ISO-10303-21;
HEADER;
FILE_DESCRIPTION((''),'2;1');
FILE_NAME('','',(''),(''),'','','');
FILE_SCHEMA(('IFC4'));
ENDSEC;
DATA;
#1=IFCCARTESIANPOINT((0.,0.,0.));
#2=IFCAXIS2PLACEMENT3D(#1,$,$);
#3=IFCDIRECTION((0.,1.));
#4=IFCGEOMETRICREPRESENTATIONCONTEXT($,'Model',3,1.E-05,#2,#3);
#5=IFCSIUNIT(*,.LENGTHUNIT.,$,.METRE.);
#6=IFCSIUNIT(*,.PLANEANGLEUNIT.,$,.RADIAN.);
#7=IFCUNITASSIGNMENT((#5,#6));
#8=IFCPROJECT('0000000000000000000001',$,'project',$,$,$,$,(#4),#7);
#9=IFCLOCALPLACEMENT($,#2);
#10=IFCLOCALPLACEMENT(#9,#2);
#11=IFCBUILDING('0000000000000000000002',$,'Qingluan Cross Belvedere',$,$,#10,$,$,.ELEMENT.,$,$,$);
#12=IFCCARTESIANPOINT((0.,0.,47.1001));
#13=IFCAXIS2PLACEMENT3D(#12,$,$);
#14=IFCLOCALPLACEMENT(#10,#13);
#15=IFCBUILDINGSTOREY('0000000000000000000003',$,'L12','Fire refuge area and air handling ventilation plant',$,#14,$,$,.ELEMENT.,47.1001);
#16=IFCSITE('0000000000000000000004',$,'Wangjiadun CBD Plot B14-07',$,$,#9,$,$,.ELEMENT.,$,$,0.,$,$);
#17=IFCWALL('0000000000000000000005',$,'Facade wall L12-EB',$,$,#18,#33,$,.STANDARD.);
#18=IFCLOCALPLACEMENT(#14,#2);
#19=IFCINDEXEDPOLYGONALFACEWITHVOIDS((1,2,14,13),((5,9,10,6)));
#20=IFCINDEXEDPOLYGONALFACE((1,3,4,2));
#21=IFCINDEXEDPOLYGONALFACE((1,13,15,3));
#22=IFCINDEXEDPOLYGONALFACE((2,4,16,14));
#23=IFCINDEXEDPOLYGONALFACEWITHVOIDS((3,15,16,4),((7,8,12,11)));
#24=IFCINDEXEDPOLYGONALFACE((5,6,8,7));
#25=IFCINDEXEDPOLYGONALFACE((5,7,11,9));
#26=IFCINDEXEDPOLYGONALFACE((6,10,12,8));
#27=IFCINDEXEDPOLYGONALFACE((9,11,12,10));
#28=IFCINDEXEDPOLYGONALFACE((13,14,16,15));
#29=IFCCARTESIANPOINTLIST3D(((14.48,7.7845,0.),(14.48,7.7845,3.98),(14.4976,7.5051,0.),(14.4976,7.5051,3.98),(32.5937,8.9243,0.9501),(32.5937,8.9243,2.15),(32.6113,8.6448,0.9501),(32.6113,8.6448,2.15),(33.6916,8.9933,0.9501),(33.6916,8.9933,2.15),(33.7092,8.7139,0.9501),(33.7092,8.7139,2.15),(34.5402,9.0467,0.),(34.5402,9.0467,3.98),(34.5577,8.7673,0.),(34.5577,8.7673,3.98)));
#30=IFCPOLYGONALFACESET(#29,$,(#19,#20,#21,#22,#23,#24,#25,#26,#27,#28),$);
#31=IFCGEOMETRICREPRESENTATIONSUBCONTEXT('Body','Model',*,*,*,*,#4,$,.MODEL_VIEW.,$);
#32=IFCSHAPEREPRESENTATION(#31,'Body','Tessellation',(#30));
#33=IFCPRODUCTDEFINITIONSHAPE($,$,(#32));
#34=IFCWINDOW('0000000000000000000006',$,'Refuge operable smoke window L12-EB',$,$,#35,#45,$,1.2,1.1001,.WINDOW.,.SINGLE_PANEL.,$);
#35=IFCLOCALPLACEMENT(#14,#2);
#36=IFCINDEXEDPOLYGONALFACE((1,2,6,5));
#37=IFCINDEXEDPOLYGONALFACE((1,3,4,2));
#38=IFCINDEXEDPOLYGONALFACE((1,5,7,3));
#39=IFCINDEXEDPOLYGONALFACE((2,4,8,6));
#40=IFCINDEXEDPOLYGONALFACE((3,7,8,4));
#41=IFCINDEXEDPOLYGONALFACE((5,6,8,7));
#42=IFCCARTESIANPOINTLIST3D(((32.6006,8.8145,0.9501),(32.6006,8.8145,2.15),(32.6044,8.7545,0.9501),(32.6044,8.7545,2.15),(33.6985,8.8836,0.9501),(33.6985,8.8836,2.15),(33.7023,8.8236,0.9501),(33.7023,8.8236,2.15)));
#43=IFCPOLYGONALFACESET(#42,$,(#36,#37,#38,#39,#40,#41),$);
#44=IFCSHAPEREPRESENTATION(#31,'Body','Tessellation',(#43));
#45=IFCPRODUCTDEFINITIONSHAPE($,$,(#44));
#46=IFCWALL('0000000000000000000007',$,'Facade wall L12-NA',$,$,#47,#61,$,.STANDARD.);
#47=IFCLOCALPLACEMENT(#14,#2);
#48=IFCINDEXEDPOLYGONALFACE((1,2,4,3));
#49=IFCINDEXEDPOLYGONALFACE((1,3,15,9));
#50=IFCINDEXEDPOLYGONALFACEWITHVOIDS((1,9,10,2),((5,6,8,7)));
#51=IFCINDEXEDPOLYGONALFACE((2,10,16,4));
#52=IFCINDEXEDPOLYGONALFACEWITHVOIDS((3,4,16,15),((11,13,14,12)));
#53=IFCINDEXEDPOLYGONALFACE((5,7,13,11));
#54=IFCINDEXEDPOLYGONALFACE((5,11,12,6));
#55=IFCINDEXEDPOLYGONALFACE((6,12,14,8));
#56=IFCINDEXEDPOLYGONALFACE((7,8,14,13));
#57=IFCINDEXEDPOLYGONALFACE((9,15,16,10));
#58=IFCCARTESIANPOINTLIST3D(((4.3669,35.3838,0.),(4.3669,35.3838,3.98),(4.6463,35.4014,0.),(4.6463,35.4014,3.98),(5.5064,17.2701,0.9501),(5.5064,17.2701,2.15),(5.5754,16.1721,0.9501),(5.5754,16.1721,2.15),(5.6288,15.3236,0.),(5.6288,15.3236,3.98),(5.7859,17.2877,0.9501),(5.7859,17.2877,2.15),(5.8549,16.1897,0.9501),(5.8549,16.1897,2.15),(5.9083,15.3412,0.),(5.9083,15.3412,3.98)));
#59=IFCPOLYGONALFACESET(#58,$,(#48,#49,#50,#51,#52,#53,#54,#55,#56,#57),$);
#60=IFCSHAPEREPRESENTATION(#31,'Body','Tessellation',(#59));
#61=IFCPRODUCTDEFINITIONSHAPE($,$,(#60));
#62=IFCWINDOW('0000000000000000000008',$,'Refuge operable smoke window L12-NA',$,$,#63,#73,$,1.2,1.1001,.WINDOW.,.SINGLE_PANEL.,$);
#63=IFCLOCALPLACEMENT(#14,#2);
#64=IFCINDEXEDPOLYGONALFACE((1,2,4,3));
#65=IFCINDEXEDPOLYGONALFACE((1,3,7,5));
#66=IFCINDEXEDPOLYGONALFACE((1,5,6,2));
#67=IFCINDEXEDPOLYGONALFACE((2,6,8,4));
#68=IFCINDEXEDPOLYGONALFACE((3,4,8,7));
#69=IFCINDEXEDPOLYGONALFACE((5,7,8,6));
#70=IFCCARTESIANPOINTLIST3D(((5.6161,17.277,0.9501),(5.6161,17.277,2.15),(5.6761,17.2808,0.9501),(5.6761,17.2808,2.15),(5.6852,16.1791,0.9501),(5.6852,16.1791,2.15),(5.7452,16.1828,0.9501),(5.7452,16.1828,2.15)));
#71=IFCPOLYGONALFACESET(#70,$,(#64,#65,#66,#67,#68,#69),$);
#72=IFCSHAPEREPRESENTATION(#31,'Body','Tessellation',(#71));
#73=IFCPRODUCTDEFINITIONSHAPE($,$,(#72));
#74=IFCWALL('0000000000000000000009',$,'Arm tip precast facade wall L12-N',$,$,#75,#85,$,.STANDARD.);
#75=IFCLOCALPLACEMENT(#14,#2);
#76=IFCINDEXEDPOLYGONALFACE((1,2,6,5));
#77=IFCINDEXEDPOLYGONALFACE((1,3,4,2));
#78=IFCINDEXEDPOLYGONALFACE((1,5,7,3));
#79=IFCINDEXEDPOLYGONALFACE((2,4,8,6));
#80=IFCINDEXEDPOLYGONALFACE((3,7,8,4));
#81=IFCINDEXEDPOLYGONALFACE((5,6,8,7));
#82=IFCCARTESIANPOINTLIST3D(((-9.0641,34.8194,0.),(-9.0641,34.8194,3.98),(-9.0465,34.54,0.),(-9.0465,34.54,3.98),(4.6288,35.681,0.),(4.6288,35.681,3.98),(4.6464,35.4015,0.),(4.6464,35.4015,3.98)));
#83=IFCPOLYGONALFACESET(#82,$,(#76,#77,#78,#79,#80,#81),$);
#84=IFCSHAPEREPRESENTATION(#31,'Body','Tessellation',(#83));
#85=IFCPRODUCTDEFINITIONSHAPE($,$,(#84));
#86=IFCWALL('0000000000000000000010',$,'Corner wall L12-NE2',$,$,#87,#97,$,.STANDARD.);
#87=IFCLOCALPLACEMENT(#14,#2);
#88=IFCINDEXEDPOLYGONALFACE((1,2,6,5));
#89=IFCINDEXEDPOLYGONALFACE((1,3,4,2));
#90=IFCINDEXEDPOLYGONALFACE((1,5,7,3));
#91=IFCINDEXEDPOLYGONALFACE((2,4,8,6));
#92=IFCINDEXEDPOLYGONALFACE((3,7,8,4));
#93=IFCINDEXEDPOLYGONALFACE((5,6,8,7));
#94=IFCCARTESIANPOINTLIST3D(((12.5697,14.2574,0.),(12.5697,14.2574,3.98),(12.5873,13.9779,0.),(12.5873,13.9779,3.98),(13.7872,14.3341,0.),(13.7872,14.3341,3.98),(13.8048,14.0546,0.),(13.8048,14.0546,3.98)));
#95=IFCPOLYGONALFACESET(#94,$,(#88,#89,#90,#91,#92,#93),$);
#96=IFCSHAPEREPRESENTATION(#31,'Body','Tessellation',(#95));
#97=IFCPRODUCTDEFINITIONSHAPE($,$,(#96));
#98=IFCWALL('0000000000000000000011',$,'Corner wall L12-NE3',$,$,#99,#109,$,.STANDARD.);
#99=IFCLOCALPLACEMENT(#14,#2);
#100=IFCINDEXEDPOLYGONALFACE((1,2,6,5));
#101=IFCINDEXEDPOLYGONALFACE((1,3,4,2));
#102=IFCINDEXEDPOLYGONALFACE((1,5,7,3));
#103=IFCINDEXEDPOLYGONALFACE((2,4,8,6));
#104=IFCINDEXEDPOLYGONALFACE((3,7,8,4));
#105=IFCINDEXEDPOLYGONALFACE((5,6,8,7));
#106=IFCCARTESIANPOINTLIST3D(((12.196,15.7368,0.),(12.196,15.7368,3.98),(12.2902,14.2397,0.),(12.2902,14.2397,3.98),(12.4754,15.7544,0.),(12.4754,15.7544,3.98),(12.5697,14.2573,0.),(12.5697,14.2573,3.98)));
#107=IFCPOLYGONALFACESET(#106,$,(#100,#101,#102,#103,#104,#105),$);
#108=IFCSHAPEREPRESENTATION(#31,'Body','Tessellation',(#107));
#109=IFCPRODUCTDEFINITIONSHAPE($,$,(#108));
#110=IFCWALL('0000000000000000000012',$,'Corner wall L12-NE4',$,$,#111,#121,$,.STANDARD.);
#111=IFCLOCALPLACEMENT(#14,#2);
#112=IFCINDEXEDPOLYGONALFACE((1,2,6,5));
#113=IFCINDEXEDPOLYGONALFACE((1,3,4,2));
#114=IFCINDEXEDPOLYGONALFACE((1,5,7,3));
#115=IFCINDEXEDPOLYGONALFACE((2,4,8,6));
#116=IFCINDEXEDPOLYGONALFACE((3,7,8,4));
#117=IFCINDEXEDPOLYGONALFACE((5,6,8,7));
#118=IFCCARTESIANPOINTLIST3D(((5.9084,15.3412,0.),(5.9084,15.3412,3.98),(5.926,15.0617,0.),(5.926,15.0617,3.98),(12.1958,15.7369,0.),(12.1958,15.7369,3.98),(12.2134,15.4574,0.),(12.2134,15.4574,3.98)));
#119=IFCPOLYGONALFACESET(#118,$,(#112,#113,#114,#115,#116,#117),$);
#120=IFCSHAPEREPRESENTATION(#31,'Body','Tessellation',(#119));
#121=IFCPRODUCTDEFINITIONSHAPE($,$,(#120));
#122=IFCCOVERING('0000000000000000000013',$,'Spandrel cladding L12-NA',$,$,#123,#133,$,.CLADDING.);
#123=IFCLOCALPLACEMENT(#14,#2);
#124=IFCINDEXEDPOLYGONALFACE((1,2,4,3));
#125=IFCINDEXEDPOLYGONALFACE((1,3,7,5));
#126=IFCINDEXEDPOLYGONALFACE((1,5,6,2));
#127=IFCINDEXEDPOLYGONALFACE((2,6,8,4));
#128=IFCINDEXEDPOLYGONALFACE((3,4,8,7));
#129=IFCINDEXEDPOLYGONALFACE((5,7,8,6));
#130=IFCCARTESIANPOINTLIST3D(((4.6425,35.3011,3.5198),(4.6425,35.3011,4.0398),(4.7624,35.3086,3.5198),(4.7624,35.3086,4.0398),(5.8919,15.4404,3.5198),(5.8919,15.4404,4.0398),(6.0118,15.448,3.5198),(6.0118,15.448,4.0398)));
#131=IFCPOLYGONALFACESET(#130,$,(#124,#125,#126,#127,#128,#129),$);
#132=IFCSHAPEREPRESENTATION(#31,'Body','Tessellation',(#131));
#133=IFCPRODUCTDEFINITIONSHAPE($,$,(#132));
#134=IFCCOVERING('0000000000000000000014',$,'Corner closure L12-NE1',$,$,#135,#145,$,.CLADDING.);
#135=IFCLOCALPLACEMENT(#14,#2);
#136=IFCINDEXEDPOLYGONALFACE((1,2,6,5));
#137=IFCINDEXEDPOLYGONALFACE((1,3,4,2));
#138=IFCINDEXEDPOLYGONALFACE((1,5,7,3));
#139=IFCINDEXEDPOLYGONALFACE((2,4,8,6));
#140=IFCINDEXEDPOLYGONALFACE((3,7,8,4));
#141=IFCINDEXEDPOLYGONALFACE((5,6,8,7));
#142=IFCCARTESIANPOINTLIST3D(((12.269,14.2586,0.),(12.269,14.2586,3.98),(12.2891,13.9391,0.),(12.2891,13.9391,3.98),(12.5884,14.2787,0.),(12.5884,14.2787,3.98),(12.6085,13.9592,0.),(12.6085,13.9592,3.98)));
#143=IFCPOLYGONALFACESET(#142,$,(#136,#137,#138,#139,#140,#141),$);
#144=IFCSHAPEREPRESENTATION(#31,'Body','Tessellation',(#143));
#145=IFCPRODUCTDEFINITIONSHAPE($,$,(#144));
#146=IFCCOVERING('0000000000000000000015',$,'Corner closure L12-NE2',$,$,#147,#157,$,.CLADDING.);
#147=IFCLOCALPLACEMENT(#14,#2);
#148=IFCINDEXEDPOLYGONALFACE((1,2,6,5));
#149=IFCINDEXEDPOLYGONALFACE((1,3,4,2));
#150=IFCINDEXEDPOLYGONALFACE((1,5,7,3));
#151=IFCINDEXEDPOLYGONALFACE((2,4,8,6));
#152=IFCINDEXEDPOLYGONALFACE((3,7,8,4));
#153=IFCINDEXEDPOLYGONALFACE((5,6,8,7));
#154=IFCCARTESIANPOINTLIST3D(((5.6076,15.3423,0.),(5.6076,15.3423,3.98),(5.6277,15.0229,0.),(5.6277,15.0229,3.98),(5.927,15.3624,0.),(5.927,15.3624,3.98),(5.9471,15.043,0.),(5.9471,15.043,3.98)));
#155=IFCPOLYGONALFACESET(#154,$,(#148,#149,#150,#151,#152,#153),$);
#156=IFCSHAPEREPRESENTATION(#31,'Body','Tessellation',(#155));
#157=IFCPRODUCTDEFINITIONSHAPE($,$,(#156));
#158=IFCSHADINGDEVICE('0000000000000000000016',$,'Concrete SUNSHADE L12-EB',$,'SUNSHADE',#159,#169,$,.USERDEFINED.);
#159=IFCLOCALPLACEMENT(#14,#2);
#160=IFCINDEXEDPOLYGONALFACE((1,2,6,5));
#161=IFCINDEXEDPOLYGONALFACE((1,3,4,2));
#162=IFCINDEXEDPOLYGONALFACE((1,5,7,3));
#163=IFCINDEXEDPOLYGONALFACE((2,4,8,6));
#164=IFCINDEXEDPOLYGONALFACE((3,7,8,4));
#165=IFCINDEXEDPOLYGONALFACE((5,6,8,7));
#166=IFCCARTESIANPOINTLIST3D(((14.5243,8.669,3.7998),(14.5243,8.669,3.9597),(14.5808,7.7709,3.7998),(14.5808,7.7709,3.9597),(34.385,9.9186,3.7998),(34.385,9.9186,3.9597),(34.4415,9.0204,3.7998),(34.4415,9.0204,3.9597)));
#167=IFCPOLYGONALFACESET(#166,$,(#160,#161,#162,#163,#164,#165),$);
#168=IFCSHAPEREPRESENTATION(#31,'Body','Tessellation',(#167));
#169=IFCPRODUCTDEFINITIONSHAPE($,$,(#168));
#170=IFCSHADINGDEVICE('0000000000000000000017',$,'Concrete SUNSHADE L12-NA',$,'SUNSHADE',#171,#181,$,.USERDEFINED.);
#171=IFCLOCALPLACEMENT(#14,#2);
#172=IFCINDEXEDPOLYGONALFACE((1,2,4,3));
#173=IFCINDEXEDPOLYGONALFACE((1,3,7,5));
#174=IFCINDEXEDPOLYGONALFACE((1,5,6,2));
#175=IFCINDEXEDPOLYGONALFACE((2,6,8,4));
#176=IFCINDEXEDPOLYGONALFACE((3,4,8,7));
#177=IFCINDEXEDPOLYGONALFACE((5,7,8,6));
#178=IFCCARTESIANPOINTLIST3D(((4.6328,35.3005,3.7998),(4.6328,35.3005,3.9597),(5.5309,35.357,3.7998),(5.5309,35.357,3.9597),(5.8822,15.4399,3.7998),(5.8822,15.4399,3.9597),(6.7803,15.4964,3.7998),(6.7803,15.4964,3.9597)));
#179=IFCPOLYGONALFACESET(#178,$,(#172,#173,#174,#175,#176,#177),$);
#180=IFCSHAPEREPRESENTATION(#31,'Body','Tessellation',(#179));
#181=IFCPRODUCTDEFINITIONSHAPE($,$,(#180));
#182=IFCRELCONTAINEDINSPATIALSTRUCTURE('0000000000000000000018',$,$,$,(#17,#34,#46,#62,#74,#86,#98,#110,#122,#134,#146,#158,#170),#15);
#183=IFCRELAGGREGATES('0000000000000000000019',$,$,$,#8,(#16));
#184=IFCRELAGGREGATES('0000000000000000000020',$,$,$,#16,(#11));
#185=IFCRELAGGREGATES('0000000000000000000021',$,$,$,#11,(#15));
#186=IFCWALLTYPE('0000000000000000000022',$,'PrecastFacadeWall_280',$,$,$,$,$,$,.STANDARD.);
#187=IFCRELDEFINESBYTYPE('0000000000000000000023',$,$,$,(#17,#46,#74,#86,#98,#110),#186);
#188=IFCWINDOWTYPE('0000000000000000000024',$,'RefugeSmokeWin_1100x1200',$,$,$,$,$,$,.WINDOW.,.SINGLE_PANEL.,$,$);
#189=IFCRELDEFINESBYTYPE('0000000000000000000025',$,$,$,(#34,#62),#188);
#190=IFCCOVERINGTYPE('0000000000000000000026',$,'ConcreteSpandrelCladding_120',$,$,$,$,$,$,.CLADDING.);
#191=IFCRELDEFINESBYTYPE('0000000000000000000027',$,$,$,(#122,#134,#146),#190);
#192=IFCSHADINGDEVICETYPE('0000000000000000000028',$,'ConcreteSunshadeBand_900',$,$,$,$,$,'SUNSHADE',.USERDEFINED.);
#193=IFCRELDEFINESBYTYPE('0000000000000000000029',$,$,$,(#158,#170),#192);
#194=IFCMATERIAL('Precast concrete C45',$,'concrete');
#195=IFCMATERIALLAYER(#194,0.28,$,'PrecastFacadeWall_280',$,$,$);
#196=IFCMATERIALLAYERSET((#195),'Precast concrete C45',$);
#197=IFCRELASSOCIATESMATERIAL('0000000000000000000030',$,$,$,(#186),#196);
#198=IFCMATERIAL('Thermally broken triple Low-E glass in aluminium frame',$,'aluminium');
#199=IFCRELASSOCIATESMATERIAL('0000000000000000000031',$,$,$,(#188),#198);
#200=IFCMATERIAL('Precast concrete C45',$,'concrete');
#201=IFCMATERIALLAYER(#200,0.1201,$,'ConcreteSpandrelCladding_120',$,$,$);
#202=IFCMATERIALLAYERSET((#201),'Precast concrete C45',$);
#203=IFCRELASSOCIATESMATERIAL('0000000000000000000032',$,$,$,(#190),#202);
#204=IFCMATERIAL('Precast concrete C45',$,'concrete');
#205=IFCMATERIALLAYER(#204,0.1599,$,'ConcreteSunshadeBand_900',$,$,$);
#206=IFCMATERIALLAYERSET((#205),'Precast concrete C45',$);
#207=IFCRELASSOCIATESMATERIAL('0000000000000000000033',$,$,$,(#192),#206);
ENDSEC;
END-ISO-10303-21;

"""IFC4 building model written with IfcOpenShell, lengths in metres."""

from ifc_helpers import new_model, si_unit, direction, frame, frame_2d, origin, origin_2d, place, context, subcontext, project, spatial, rectangle, extrude, material, layer, layer_set, type_object, element, fill, save


model = new_model("IFC4")

# Units and contexts
model_context = context("Model", 3, precision=1e-05, world=origin(), true_north=direction((0.0, 1.0)))
body_context = subcontext(model_context, "Body", "Model", "MODEL_VIEW")
ifc_project = project(units=[si_unit("LENGTHUNIT", "METRE"), si_unit("PLANEANGLEUNIT", "RADIAN")], contexts=[model_context])

# Site, building, storey
site_placement = place(None, origin())
site = spatial("IfcSite", under=ifc_project, at=site_placement, Name="Wangjiadun CBD Plot B14-07", CompositionType="ELEMENT", RefElevation=0.0)
building_placement = place(site_placement, origin())
building = spatial("IfcBuilding", under=site, at=building_placement, Name="Qingluan Cross Belvedere", CompositionType="ELEMENT")
storey_placement = place(building_placement, frame((0.0, 0.0, 47.1001)))
storey = spatial("IfcBuildingStorey", under=building, at=storey_placement, Name="L12", Description="Fire refuge area and air handling ventilation plant", CompositionType="ELEMENT", Elevation=47.1001)

# Walls, openings, windows
ifc_material_1 = material(Name="Precast concrete C45", Category="concrete")
ifc_layer_1 = layer(ifc_material_1, 0.28, Name="PrecastFacadeWall_280")
ifc_layer_set_1 = layer_set([ifc_layer_1], Name="Precast concrete C45")
wall_type_1 = type_object("IfcWallType", Name="PrecastFacadeWall_280", PredefinedType="STANDARD", material=ifc_layer_set_1)
wall_1_placement = place(storey_placement, frame((34.5488, 8.907, 0.0), z_axis=(0.0, 0.0, 1.0), x_axis=(-0.998026, -0.062796, 0.0)))
wall_1 = element("IfcWall", 1, at=wall_1_placement, inside=storey, type_object=wall_type_1, Name="Facade wall L12-EB", PredefinedType="STANDARD", context=body_context, shape_type="SweptSolid", body=[
    extrude(rectangle(XDim=20.0999, YDim=0.28, at=frame_2d((10.0498, 0.0))), origin(), (0.0, 0.0, 1.0), 3.98),
])
opening_1_placement = place(wall_1_placement, frame((0.8501, 0.0, 0.95)))
opening_1 = element("IfcOpeningElement", 2, at=opening_1_placement, cuts=wall_1, PredefinedType="OPENING", context=body_context, shape_type="SweptSolid", body=[
    extrude(rectangle(XDim=1.1001, YDim=1.2, at=frame_2d((0.55, 0.6001))), frame((0.0, 0.1499, 0.0), z_axis=(0.0, -1.0, 0.0), x_axis=(1.0, 0.0, 0.0)), (0.0, 0.0, 1.0), 0.3),
])
ifc_material_2 = material(Name="Thermally broken triple Low-E glass in aluminium frame", Category="aluminium")
window_type = type_object("IfcWindowType", Name="RefugeSmokeWin_1100x1200", PartitioningType="SINGLE_PANEL", PredefinedType="WINDOW", material=ifc_material_2)
window_1_placement = place(opening_1_placement, origin())
window_1 = element("IfcWindow", 3, at=window_1_placement, inside=storey, type_object=window_type, Name="Refuge operable smoke window L12-EB", OverallHeight=1.2, OverallWidth=1.1001, PartitioningType="SINGLE_PANEL", PredefinedType="WINDOW", context=body_context, shape_type="SweptSolid", body=[
    extrude(rectangle(XDim=1.1001, YDim=1.2, at=frame_2d((0.55, 0.6001))), frame((0.0, 0.03, 0.0), z_axis=(0.0, -1.0, 0.0), x_axis=(1.0, 0.0, 0.0)), (0.0, 0.0, 1.0), 0.0601),
])
fill(opening_1, window_1)
wall_2_placement = place(storey_placement, frame((5.7686, 15.3325, 0.0), z_axis=(0.0, 0.0, 1.0), x_axis=(-0.062784, 0.998027, 0.0)))
wall_2 = element("IfcWall", 4, at=wall_2_placement, inside=storey, type_object=wall_type_1, Name="Facade wall L12-NA", PredefinedType="STANDARD", context=body_context, shape_type="SweptSolid", body=[
    extrude(rectangle(XDim=20.0999, YDim=0.28, at=frame_2d((10.0498, 0.0))), origin(), (0.0, 0.0, 1.0), 3.98),
])
opening_2_placement = place(wall_2_placement, frame((0.8501, 0.0, 0.95)))
opening_2 = element("IfcOpeningElement", 5, at=opening_2_placement, cuts=wall_2, PredefinedType="OPENING", context=body_context, shape_type="SweptSolid", body=[
    extrude(rectangle(XDim=1.1001, YDim=1.2, at=frame_2d((0.55, 0.6001))), frame((0.0, 0.1499, 0.0), z_axis=(0.0, -1.0, 0.0), x_axis=(1.0, 0.0, 0.0)), (0.0, 0.0, 1.0), 0.3),
])
window_2_placement = place(opening_2_placement, origin())
window_2 = element("IfcWindow", 6, at=window_2_placement, inside=storey, type_object=window_type, Name="Refuge operable smoke window L12-NA", OverallHeight=1.2, OverallWidth=1.1001, PartitioningType="SINGLE_PANEL", PredefinedType="WINDOW", context=body_context, shape_type="SweptSolid", body=[
    extrude(rectangle(XDim=1.1001, YDim=1.2, at=frame_2d((0.55, 0.6001))), frame((0.0, 0.03, 0.0), z_axis=(0.0, -1.0, 0.0), x_axis=(1.0, 0.0, 0.0)), (0.0, 0.0, 1.0), 0.0601),
])
fill(opening_2, window_2)

# Walls
wall_3_placement = place(storey_placement, frame((4.6375, 35.5413, 0.0), z_axis=(0.0, 0.0, 1.0), x_axis=(-0.998026, -0.062797, 0.0)))
element("IfcWall", 7, at=wall_3_placement, inside=storey, type_object=wall_type_1, Name="Arm tip precast facade wall L12-N", PredefinedType="STANDARD", context=body_context, shape_type="SweptSolid", body=[
    extrude(rectangle(XDim=13.72, YDim=0.28, at=frame_2d((6.8599, 0.0))), origin(), (0.0, 0.0, 1.0), 3.98),
])
wall_4_placement = place(storey_placement, frame((13.7959, 14.1943, 0.0), z_axis=(0.0, 0.0, 1.0), x_axis=(-0.998024, -0.062839, 0.0)))
element("IfcWall", 8, at=wall_4_placement, inside=storey, type_object=wall_type_1, Name="Corner wall L12-NE2", PredefinedType="STANDARD", context=body_context, shape_type="SweptSolid", body=[
    extrude(rectangle(XDim=1.22, YDim=0.28, at=frame_2d((0.6099, 0.0))), origin(), (0.0, 0.0, 1.0), 3.98),
])
wall_5_placement = place(storey_placement, frame((12.4299, 14.2485, 0.0), z_axis=(0.0, 0.0, 1.0), x_axis=(-0.062824, 0.998025, 0.0)))
element("IfcWall", 9, at=wall_5_placement, inside=storey, type_object=wall_type_1, Name="Corner wall L12-NE3", PredefinedType="STANDARD", context=body_context, shape_type="SweptSolid", body=[
    extrude(rectangle(XDim=1.5, YDim=0.28, at=frame_2d((0.75, 0.0))), origin(), (0.0, 0.0, 1.0), 3.98),
])
wall_6_placement = place(storey_placement, frame((12.2046, 15.5972, 0.0), z_axis=(0.0, 0.0, 1.0), x_axis=(-0.998025, -0.06282, 0.0)))
element("IfcWall", 10, at=wall_6_placement, inside=storey, type_object=wall_type_1, Name="Corner wall L12-NE4", PredefinedType="STANDARD", context=body_context, shape_type="SweptSolid", body=[
    extrude(rectangle(XDim=6.2998, YDim=0.28, at=frame_2d((3.1499, 0.0))), origin(), (0.0, 0.0, 1.0), 3.98),
])

# Coverings
ifc_material_3 = material(Name="Precast concrete C45", Category="concrete")
ifc_layer_2 = layer(ifc_material_3, 0.1201, Name="ConcreteSpandrelCladding_120")
ifc_layer_set_2 = layer_set([ifc_layer_2], Name="Precast concrete C45")
covering_type = type_object("IfcCoveringType", Name="ConcreteSpandrelCladding_120", PredefinedType="CLADDING", material=ifc_layer_set_2)
covering_placement = place(storey_placement, frame((5.3271, 25.3745, 3.5198), z_axis=(0.0, 0.0, 1.0), x_axis=(-0.062786, 0.998027, 0.0)))
element("IfcCovering", 11, at=covering_placement, inside=storey, type_object=covering_type, Name="Spandrel cladding L12-NA", PredefinedType="CLADDING", context=body_context, shape_type="SweptSolid", body=[
    extrude(rectangle(XDim=19.8999, YDim=0.1201, at=origin_2d()), origin(), (0.0, 0.0, 1.0), 0.52),
])
for number, where, z_axis, x_axis, name in (
    (12, (12.4387, 14.1089, 0.0), (0.0, 0.0, 1.0), (0.998027, 0.062791, 0.0), "Corner closure L12-NE1"),
    (13, (5.7773, 15.1926, 0.0), (0.0, 0.0, 1.0), (0.998027, 0.062791, 0.0), "Corner closure L12-NE2"),
):
    element("IfcCovering", number, at=place(storey_placement, frame(where, z_axis=z_axis, x_axis=x_axis)), inside=storey, type_object=covering_type, Name=name, PredefinedType="CLADDING", context=body_context, shape_type="SweptSolid", body=[
        extrude(rectangle(XDim=0.3201, YDim=0.3201, at=origin_2d()), origin(), (0.0, 0.0, 1.0), 3.98),
    ])

# Shading devices
ifc_material_4 = material(Name="Precast concrete C45", Category="concrete")
ifc_layer_3 = layer(ifc_material_4, 0.1599, Name="ConcreteSunshadeBand_900")
ifc_layer_set_3 = layer_set([ifc_layer_3], Name="Precast concrete C45")
shading_device_type_1 = type_object("IfcShadingDeviceType", Name="ConcreteSunshadeBand_900", ElementType="SUNSHADE", PredefinedType="USERDEFINED", material=ifc_layer_set_3)
for number, where, z_axis, x_axis, name in (
    (14, (24.4829, 8.8447, 3.7998), (0.0, 0.0, 1.0), (-0.998027, -0.062791, 0.0), "Concrete SUNSHADE L12-EB"),
    (15, (5.7065, 25.3984, 3.7998), (0.0, 0.0, 1.0), (-0.062786, 0.998027, 0.0), "Concrete SUNSHADE L12-NA"),
):
    element("IfcShadingDevice", number, at=place(storey_placement, frame(where, z_axis=z_axis, x_axis=x_axis)), inside=storey, type_object=shading_device_type_1, Name=name, ObjectType="SUNSHADE", PredefinedType="USERDEFINED", context=body_context, shape_type="SweptSolid", body=[
        extrude(rectangle(XDim=19.8999, YDim=0.8999, at=origin_2d()), origin(), (0.0, 0.0, 1.0), 0.1599),
    ])

save(model, "model.ifc")
